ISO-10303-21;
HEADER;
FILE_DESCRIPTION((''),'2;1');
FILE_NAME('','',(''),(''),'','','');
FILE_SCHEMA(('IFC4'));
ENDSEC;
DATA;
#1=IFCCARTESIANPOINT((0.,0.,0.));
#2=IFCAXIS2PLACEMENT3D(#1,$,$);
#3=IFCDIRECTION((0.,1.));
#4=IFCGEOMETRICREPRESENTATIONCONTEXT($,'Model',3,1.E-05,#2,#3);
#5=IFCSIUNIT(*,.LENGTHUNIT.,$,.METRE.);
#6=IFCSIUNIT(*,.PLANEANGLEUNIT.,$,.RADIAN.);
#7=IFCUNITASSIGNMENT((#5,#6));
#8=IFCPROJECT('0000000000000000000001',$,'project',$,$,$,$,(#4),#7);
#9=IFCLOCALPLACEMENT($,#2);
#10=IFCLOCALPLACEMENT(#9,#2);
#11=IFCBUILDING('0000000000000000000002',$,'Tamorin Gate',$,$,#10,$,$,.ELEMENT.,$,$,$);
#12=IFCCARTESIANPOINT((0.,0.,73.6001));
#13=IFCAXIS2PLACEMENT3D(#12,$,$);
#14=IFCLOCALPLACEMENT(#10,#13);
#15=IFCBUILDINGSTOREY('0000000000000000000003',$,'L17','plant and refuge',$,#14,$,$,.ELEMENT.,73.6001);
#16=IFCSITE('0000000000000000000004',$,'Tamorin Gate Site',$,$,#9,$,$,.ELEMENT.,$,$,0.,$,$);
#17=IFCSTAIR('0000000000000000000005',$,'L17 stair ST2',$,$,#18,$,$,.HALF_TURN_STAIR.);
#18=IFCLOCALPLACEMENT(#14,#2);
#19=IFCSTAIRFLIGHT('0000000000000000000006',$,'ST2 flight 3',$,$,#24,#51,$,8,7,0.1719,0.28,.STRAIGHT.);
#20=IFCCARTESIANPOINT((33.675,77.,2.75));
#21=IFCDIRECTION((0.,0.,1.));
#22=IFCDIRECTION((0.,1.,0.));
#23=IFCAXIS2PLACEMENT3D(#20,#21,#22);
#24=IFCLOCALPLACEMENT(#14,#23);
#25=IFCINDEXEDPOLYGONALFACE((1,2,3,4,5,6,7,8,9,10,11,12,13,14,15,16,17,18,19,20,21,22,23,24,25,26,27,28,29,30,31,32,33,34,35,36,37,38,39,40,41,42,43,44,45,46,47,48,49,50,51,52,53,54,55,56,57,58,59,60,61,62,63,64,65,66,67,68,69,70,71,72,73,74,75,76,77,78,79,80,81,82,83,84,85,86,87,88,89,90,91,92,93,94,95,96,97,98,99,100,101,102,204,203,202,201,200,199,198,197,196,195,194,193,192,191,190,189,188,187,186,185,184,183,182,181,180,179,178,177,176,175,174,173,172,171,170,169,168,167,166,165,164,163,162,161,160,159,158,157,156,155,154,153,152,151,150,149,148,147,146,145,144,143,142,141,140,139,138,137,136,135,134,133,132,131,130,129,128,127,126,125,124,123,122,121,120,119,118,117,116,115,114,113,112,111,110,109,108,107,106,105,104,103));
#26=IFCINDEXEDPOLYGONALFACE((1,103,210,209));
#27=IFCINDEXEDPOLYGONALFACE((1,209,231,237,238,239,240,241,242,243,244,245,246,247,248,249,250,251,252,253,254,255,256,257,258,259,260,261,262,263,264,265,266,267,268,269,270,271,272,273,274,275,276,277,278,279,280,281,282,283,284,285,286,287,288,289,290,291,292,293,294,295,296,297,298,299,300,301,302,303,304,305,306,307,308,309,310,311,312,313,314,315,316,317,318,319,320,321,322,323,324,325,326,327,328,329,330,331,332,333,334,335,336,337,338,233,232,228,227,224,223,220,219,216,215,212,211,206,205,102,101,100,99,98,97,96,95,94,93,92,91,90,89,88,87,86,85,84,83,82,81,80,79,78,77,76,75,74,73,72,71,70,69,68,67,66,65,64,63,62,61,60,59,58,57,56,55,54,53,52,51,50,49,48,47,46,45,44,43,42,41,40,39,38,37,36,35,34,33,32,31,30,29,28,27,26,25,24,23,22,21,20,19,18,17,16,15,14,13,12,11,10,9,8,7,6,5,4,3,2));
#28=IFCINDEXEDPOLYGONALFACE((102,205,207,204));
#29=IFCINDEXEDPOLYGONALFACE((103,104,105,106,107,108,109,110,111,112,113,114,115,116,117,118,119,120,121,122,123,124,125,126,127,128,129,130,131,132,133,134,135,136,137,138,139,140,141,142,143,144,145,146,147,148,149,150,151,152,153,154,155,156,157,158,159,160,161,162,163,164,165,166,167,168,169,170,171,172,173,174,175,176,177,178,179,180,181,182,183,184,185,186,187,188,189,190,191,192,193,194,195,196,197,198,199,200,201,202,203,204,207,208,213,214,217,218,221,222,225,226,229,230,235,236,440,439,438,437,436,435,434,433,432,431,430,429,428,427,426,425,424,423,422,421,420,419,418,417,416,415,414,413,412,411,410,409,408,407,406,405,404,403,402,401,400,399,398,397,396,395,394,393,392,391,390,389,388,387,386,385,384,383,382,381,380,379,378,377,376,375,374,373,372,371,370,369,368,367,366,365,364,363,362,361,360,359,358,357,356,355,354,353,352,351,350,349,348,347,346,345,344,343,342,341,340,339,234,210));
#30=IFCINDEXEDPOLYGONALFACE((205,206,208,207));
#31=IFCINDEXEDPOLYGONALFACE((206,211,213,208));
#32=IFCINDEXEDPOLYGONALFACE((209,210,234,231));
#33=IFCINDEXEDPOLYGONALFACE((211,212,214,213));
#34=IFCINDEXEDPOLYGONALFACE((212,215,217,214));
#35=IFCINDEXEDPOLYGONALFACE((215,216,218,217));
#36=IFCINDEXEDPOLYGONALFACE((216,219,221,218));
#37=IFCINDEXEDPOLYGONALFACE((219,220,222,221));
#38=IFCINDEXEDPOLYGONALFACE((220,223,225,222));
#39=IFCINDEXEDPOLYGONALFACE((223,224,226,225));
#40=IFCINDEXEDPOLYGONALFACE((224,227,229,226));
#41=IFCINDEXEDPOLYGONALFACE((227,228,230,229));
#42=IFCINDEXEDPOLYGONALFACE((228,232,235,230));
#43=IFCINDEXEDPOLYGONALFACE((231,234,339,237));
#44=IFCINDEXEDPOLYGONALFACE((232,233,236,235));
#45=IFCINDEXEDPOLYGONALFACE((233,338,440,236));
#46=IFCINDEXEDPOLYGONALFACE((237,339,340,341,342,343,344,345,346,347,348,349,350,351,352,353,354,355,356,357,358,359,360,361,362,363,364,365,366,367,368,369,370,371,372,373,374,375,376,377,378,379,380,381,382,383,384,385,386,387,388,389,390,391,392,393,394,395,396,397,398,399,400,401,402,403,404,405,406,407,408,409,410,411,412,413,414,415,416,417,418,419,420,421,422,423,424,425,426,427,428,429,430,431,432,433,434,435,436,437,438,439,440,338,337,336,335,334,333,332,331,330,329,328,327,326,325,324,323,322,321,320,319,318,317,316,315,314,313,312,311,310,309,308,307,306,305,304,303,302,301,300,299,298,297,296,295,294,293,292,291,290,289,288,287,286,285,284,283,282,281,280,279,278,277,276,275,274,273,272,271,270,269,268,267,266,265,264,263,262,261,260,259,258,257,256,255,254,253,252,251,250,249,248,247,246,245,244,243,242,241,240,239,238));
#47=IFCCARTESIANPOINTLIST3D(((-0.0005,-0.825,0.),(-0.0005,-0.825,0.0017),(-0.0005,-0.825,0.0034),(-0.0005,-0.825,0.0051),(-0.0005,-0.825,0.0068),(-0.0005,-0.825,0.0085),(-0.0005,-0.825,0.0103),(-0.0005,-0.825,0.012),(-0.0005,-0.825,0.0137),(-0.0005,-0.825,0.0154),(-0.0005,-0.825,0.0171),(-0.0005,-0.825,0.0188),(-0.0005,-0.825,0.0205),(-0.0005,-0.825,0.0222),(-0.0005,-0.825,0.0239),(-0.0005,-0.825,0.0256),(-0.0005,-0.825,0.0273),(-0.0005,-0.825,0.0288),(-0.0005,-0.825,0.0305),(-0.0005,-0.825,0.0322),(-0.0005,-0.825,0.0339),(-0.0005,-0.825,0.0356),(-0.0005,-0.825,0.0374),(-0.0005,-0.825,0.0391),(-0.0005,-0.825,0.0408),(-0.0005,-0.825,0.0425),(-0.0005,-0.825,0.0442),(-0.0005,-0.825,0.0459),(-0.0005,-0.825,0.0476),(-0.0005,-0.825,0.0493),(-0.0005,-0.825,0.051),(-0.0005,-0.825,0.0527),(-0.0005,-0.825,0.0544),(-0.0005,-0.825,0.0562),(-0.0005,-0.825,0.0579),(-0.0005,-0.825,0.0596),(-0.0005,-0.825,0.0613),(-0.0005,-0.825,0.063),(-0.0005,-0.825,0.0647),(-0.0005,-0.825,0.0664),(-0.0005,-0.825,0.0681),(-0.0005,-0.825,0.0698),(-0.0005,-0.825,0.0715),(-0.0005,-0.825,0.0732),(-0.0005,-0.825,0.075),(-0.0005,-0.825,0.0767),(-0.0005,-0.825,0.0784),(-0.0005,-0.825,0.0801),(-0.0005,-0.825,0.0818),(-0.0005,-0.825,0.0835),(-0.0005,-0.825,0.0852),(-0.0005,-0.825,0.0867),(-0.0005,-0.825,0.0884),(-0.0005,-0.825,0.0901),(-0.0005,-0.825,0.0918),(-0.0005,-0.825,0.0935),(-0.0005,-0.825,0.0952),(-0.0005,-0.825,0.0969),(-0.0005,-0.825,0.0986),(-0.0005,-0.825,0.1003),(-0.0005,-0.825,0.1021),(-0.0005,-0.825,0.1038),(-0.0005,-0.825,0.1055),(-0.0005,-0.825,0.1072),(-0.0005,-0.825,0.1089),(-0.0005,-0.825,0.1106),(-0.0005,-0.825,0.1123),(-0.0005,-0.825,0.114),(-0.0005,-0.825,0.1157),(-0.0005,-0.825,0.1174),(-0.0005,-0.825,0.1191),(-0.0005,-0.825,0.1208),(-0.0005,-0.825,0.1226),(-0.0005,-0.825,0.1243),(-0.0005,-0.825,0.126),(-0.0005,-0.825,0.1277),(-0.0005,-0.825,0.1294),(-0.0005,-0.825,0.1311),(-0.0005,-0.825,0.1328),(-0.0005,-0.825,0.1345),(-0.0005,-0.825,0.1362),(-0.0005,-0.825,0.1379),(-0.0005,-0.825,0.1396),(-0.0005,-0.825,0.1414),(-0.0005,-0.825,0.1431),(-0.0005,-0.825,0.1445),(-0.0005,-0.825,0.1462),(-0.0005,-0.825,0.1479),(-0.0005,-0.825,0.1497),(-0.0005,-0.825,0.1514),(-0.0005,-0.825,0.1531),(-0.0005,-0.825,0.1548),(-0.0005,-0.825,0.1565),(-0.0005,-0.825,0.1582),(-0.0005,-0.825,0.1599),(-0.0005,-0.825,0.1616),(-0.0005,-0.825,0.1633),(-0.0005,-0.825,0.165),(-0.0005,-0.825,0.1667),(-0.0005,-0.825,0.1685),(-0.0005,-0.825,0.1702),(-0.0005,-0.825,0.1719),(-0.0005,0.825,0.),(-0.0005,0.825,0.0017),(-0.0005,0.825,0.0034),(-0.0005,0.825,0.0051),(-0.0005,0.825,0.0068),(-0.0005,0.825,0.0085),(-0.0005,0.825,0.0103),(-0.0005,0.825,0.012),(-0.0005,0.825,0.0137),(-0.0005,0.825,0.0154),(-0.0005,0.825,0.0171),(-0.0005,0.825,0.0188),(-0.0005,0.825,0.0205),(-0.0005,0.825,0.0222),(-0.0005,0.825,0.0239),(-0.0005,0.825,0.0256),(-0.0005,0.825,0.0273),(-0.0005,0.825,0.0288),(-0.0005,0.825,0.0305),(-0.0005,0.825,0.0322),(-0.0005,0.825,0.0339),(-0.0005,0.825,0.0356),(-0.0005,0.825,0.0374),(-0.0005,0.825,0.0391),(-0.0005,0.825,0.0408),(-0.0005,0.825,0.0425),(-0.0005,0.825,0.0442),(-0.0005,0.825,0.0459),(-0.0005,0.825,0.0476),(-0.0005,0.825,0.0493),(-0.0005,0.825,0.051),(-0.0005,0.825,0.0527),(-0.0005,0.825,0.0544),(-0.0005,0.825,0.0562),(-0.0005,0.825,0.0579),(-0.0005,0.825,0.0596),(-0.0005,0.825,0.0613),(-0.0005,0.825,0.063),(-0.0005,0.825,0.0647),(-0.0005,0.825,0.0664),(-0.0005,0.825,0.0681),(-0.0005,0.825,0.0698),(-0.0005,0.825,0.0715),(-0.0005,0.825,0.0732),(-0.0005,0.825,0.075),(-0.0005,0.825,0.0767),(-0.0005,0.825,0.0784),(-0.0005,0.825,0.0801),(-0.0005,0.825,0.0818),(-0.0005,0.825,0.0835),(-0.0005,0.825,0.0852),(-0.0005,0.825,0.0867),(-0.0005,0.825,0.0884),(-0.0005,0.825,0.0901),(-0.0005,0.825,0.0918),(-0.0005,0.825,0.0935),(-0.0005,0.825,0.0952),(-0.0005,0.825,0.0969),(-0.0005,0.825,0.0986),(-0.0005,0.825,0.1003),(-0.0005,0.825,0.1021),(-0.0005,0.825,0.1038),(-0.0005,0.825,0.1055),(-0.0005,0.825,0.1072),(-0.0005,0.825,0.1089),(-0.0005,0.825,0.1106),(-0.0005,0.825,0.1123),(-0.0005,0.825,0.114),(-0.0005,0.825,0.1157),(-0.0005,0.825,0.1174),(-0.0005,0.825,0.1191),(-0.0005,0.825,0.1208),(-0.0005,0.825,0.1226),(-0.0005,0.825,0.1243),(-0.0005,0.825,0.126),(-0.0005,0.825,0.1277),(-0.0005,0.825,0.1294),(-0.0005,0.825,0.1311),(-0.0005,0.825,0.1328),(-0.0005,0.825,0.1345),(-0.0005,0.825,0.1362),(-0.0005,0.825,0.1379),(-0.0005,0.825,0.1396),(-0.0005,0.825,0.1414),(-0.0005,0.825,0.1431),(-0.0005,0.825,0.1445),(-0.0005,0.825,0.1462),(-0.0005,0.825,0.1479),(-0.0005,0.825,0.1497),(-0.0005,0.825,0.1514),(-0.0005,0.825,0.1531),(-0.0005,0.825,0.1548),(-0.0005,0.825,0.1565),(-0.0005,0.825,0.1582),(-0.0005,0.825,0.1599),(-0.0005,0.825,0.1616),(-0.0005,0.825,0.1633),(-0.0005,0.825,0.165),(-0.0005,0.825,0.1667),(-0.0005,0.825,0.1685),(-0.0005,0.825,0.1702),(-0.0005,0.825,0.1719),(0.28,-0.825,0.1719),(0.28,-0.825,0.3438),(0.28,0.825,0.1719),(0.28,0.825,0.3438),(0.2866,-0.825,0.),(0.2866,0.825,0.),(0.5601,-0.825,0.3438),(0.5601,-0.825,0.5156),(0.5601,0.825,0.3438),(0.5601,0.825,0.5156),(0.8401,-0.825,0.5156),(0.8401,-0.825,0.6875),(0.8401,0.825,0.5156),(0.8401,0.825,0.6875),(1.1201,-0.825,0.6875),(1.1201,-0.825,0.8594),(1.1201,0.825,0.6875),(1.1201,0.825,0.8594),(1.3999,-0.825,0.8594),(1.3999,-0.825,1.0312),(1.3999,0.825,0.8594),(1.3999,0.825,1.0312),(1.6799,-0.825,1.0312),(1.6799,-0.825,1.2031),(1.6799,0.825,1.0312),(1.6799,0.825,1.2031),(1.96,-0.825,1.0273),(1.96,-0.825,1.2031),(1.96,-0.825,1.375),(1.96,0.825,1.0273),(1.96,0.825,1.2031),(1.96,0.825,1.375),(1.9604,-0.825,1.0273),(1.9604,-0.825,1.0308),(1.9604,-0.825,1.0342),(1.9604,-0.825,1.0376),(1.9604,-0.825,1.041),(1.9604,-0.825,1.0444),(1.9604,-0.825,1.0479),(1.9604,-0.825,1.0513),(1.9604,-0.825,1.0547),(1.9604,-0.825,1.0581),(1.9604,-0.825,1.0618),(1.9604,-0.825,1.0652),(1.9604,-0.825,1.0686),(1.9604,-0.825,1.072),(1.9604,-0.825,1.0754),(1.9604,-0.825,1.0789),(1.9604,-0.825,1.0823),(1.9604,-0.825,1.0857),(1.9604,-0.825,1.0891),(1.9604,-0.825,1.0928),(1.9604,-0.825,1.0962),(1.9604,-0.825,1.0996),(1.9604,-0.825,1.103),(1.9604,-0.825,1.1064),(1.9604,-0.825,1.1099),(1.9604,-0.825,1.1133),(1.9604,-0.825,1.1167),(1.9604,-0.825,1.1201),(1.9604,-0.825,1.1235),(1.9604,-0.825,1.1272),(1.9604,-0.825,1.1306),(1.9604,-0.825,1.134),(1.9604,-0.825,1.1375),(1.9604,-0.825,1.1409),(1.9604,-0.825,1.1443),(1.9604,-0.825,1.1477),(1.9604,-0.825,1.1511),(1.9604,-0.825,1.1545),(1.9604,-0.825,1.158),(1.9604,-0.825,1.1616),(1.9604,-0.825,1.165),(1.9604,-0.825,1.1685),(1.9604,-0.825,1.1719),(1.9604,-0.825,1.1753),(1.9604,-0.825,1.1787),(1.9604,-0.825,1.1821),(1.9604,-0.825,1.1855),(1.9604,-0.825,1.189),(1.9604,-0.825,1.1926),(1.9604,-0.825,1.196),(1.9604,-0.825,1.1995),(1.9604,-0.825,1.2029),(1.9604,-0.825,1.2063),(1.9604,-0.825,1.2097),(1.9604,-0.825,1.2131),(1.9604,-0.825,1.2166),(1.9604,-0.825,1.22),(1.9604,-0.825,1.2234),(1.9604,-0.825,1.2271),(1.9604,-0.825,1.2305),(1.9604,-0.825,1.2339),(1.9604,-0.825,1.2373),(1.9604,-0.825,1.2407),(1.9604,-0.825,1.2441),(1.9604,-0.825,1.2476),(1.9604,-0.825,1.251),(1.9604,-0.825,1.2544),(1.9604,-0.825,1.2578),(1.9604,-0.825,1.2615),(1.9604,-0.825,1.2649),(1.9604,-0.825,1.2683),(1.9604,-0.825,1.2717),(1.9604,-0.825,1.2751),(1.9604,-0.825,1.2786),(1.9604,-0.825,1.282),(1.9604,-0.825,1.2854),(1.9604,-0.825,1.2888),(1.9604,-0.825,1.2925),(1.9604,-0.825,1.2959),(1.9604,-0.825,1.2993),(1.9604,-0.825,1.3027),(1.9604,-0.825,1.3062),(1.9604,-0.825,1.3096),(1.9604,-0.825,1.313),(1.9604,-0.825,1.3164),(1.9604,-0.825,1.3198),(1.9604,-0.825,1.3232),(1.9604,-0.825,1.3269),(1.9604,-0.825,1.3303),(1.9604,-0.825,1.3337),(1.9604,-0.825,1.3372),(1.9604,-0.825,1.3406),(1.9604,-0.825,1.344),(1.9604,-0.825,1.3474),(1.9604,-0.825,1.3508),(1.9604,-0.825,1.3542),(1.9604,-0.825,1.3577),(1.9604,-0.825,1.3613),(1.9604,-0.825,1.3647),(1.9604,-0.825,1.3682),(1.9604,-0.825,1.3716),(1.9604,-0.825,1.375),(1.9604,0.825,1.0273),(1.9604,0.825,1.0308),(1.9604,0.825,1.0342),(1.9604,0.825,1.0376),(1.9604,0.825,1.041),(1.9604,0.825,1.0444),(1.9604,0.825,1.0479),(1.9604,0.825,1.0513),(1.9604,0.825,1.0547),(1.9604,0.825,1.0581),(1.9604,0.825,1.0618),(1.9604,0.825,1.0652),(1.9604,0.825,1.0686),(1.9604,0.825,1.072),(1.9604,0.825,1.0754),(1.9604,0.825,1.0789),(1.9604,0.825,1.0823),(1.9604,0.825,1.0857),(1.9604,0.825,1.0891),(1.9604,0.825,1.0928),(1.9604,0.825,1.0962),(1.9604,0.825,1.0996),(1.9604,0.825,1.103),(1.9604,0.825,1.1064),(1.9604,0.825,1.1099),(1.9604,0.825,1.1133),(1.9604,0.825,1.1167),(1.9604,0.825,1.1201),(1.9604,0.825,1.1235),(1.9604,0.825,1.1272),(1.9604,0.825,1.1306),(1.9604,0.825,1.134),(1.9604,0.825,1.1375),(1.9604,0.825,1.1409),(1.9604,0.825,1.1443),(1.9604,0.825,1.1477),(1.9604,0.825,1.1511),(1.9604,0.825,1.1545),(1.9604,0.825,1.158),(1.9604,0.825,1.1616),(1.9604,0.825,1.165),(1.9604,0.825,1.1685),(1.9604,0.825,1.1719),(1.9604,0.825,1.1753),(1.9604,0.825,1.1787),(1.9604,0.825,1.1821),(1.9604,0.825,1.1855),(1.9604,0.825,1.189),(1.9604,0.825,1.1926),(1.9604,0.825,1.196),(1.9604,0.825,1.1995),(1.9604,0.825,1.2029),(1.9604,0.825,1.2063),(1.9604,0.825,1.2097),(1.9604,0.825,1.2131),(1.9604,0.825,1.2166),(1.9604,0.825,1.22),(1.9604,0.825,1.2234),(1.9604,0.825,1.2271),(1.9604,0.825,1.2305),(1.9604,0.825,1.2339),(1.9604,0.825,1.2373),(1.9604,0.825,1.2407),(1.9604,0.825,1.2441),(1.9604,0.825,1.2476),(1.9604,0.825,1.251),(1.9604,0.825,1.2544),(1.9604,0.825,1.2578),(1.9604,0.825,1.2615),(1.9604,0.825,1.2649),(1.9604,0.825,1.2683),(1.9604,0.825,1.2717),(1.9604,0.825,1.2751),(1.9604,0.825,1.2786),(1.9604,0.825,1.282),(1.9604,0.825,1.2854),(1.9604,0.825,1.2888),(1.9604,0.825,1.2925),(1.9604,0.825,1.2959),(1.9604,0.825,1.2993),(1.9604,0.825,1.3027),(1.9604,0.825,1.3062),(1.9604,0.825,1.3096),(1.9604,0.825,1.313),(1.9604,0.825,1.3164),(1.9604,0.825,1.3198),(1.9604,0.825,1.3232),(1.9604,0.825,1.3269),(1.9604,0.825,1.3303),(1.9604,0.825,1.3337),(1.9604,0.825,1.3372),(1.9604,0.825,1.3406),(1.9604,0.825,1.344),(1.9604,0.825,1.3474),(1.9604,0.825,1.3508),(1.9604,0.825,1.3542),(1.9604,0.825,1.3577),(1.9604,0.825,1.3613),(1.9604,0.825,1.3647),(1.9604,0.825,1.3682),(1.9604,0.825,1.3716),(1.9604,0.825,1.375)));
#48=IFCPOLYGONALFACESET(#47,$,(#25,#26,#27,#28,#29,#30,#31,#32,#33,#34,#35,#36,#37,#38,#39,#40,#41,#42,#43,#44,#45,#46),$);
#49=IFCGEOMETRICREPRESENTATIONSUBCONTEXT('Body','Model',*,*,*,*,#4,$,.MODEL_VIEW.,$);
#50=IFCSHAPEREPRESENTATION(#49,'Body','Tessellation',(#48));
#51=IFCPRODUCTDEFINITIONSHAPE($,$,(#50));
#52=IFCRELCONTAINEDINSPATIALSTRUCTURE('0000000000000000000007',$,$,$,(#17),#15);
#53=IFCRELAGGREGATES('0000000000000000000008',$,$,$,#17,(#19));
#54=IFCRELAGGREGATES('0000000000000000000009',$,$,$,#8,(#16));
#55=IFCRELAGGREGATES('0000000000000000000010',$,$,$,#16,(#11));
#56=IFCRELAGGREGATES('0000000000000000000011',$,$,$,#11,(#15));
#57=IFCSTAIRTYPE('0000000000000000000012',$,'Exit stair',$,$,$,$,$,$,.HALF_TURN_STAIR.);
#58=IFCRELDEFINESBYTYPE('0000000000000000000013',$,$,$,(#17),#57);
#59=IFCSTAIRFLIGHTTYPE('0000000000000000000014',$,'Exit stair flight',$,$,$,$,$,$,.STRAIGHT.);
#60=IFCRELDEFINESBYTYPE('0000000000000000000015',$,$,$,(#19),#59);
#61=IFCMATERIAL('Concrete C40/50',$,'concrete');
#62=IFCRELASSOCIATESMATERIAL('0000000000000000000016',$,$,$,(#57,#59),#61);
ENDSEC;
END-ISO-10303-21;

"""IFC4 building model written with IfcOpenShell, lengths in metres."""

from ifc_helpers import new_model, si_unit, direction, frame, origin, place, context, subcontext, project, spatial, polyline, outline, extrude, material, type_object, element, aggregate, save


model = new_model("IFC4")

# Units and contexts
model_context = context("Model", 3, precision=1e-05, world=origin(), true_north=direction((0.0, 1.0)))
body_context = subcontext(model_context, "Body", "Model", "MODEL_VIEW")
ifc_project = project(units=[si_unit("LENGTHUNIT", "METRE"), si_unit("PLANEANGLEUNIT", "RADIAN")], contexts=[model_context])

# Site, building, storey
site_placement = place(None, origin())
site = spatial("IfcSite", under=ifc_project, at=site_placement, Name="Tamorin Gate Site", CompositionType="ELEMENT", RefElevation=0.0)
building_placement = place(site_placement, origin())
building = spatial("IfcBuilding", under=site, at=building_placement, Name="Tamorin Gate", CompositionType="ELEMENT")
storey_placement = place(building_placement, frame((0.0, 0.0, 73.6001)))
storey = spatial("IfcBuildingStorey", under=building, at=storey_placement, Name="L17", Description="plant and refuge", CompositionType="ELEMENT", Elevation=73.6001)

# Shared definitions
ifc_material_1 = material(Name="Concrete C40/50", Category="concrete")

# Stair, stair flight
stair_type = type_object("IfcStairType", Name="Exit stair", PredefinedType="HALF_TURN_STAIR", material=ifc_material_1)
stair_flight_type = type_object("IfcStairFlightType", Name="Exit stair flight", PredefinedType="STRAIGHT", material=ifc_material_1)
stair_1_placement = place(storey_placement, origin())
stair_1 = element("IfcStair", 1, at=stair_1_placement, inside=storey, type_object=stair_type, Name="L17 stair ST2", PredefinedType="HALF_TURN_STAIR")
stair_flight_1_placement = place(storey_placement, frame((33.675, 77.0, 2.75), z_axis=(0.0, 0.0, 1.0), x_axis=(0.0, 1.0, 0.0)))
stair_flight_1 = element("IfcStairFlight", 2, at=stair_flight_1_placement, type_object=stair_flight_type, Name="ST2 flight 3", NumberOfRisers=8, NumberOfTreads=7, PredefinedType="STRAIGHT", RiserHeight=0.1719, TreadLength=0.28, context=body_context, shape_type="SweptSolid", body=[
    extrude(outline(polyline([(-0.0005, 0.0), (-0.0005, 0.0017), (-0.0005, 0.0034), (-0.0005, 0.0051), (-0.0005, 0.0068), (-0.0005, 0.0085), (-0.0005, 0.0103), (-0.0005, 0.012), (-0.0005, 0.0137), (-0.0005, 0.0154), (-0.0005, 0.0171), (-0.0005, 0.0188), (-0.0005, 0.0205), (-0.0005, 0.0222), (-0.0005, 0.0239), (-0.0005, 0.0256), (-0.0005, 0.0273), (-0.0005, 0.0288), (-0.0005, 0.0305), (-0.0005, 0.0322), (-0.0005, 0.0339), (-0.0005, 0.0356), (-0.0005, 0.0374), (-0.0005, 0.0391), (-0.0005, 0.0408), (-0.0005, 0.0425), (-0.0005, 0.0442), (-0.0005, 0.0459), (-0.0005, 0.0476), (-0.0005, 0.0493), (-0.0005, 0.051), (-0.0005, 0.0527), (-0.0005, 0.0544), (-0.0005, 0.0562), (-0.0005, 0.0579), (-0.0005, 0.0596), (-0.0005, 0.0613), (-0.0005, 0.063), (-0.0005, 0.0647), (-0.0005, 0.0664), (-0.0005, 0.0681), (-0.0005, 0.0698), (-0.0005, 0.0715), (-0.0005, 0.0732), (-0.0005, 0.075), (-0.0005, 0.0767), (-0.0005, 0.0784), (-0.0005, 0.0801), (-0.0005, 0.0818), (-0.0005, 0.0835), (-0.0005, 0.0852), (-0.0005, 0.0867), (-0.0005, 0.0884), (-0.0005, 0.0901), (-0.0005, 0.0918), (-0.0005, 0.0935), (-0.0005, 0.0952), (-0.0005, 0.0969), (-0.0005, 0.0986), (-0.0005, 0.1003), (-0.0005, 0.1021), (-0.0005, 0.1038), (-0.0005, 0.1055), (-0.0005, 0.1072), (-0.0005, 0.1089), (-0.0005, 0.1106), (-0.0005, 0.1123), (-0.0005, 0.114), (-0.0005, 0.1157), (-0.0005, 0.1174), (-0.0005, 0.1191), (-0.0005, 0.1208), (-0.0005, 0.1226), (-0.0005, 0.1243), (-0.0005, 0.126), (-0.0005, 0.1277), (-0.0005, 0.1294), (-0.0005, 0.1311), (-0.0005, 0.1328), (-0.0005, 0.1345), (-0.0005, 0.1362), (-0.0005, 0.1379), (-0.0005, 0.1396), (-0.0005, 0.1414), (-0.0005, 0.1431), (-0.0005, 0.1445), (-0.0005, 0.1462), (-0.0005, 0.1479), (-0.0005, 0.1497), (-0.0005, 0.1514), (-0.0005, 0.1531), (-0.0005, 0.1548), (-0.0005, 0.1565), (-0.0005, 0.1582), (-0.0005, 0.1599), (-0.0005, 0.1616), (-0.0005, 0.1633), (-0.0005, 0.165), (-0.0005, 0.1667), (-0.0005, 0.1685), (-0.0005, 0.1702), (-0.0005, 0.1719), (0.28, 0.1719), (0.28, 0.3438), (0.5601, 0.3438), (0.5601, 0.5156), (0.8401, 0.5156), (0.8401, 0.6875), (1.1201, 0.6875), (1.1201, 0.8594), (1.3999, 0.8594), (1.3999, 1.0312), (1.6799, 1.0312), (1.6799, 1.2031), (1.96, 1.2031), (1.96, 1.375), (1.9604, 1.375), (1.9604, 1.3716), (1.9604, 1.3682), (1.9604, 1.3647), (1.9604, 1.3613), (1.9604, 1.3577), (1.9604, 1.3542), (1.9604, 1.3508), (1.9604, 1.3474), (1.9604, 1.344), (1.9604, 1.3406), (1.9604, 1.3372), (1.9604, 1.3337), (1.9604, 1.3303), (1.9604, 1.3269), (1.9604, 1.3232), (1.9604, 1.3198), (1.9604, 1.3164), (1.9604, 1.313), (1.9604, 1.3096), (1.9604, 1.3062), (1.9604, 1.3027), (1.9604, 1.2993), (1.9604, 1.2959), (1.9604, 1.2925), (1.9604, 1.2888), (1.9604, 1.2854), (1.9604, 1.282), (1.9604, 1.2786), (1.9604, 1.2751), (1.9604, 1.2717), (1.9604, 1.2683), (1.9604, 1.2649), (1.9604, 1.2615), (1.9604, 1.2578), (1.9604, 1.2544), (1.9604, 1.251), (1.9604, 1.2476), (1.9604, 1.2441), (1.9604, 1.2407), (1.9604, 1.2373), (1.9604, 1.2339), (1.9604, 1.2305), (1.9604, 1.2271), (1.9604, 1.2234), (1.9604, 1.22), (1.9604, 1.2166), (1.9604, 1.2131), (1.9604, 1.2097), (1.9604, 1.2063), (1.9604, 1.2029), (1.9604, 1.1995), (1.9604, 1.196), (1.9604, 1.1926), (1.9604, 1.189), (1.9604, 1.1855), (1.9604, 1.1821), (1.9604, 1.1787), (1.9604, 1.1753), (1.9604, 1.1719), (1.9604, 1.1685), (1.9604, 1.165), (1.9604, 1.1616), (1.9604, 1.158), (1.9604, 1.1545), (1.9604, 1.1511), (1.9604, 1.1477), (1.9604, 1.1443), (1.9604, 1.1409), (1.9604, 1.1375), (1.9604, 1.134), (1.9604, 1.1306), (1.9604, 1.1272), (1.9604, 1.1235), (1.9604, 1.1201), (1.9604, 1.1167), (1.9604, 1.1133), (1.9604, 1.1099), (1.9604, 1.1064), (1.9604, 1.103), (1.9604, 1.0996), (1.9604, 1.0962), (1.9604, 1.0928), (1.9604, 1.0891), (1.9604, 1.0857), (1.9604, 1.0823), (1.9604, 1.0789), (1.9604, 1.0754), (1.9604, 1.072), (1.9604, 1.0686), (1.9604, 1.0652), (1.9604, 1.0618), (1.9604, 1.0581), (1.9604, 1.0547), (1.9604, 1.0513), (1.9604, 1.0479), (1.9604, 1.0444), (1.9604, 1.041), (1.9604, 1.0376), (1.9604, 1.0342), (1.9604, 1.0308), (1.9604, 1.0273), (1.96, 1.0273), (0.2866, 0.0), (-0.0005, 0.0)])), frame((0.0, 0.825, 0.0), z_axis=(0.0, -1.0, 0.0), x_axis=(1.0, 0.0, 0.0)), (0.0, 0.0, 1.0), 1.6499),
])
aggregate(stair_1, [stair_flight_1])

save(model, "model.ifc")
